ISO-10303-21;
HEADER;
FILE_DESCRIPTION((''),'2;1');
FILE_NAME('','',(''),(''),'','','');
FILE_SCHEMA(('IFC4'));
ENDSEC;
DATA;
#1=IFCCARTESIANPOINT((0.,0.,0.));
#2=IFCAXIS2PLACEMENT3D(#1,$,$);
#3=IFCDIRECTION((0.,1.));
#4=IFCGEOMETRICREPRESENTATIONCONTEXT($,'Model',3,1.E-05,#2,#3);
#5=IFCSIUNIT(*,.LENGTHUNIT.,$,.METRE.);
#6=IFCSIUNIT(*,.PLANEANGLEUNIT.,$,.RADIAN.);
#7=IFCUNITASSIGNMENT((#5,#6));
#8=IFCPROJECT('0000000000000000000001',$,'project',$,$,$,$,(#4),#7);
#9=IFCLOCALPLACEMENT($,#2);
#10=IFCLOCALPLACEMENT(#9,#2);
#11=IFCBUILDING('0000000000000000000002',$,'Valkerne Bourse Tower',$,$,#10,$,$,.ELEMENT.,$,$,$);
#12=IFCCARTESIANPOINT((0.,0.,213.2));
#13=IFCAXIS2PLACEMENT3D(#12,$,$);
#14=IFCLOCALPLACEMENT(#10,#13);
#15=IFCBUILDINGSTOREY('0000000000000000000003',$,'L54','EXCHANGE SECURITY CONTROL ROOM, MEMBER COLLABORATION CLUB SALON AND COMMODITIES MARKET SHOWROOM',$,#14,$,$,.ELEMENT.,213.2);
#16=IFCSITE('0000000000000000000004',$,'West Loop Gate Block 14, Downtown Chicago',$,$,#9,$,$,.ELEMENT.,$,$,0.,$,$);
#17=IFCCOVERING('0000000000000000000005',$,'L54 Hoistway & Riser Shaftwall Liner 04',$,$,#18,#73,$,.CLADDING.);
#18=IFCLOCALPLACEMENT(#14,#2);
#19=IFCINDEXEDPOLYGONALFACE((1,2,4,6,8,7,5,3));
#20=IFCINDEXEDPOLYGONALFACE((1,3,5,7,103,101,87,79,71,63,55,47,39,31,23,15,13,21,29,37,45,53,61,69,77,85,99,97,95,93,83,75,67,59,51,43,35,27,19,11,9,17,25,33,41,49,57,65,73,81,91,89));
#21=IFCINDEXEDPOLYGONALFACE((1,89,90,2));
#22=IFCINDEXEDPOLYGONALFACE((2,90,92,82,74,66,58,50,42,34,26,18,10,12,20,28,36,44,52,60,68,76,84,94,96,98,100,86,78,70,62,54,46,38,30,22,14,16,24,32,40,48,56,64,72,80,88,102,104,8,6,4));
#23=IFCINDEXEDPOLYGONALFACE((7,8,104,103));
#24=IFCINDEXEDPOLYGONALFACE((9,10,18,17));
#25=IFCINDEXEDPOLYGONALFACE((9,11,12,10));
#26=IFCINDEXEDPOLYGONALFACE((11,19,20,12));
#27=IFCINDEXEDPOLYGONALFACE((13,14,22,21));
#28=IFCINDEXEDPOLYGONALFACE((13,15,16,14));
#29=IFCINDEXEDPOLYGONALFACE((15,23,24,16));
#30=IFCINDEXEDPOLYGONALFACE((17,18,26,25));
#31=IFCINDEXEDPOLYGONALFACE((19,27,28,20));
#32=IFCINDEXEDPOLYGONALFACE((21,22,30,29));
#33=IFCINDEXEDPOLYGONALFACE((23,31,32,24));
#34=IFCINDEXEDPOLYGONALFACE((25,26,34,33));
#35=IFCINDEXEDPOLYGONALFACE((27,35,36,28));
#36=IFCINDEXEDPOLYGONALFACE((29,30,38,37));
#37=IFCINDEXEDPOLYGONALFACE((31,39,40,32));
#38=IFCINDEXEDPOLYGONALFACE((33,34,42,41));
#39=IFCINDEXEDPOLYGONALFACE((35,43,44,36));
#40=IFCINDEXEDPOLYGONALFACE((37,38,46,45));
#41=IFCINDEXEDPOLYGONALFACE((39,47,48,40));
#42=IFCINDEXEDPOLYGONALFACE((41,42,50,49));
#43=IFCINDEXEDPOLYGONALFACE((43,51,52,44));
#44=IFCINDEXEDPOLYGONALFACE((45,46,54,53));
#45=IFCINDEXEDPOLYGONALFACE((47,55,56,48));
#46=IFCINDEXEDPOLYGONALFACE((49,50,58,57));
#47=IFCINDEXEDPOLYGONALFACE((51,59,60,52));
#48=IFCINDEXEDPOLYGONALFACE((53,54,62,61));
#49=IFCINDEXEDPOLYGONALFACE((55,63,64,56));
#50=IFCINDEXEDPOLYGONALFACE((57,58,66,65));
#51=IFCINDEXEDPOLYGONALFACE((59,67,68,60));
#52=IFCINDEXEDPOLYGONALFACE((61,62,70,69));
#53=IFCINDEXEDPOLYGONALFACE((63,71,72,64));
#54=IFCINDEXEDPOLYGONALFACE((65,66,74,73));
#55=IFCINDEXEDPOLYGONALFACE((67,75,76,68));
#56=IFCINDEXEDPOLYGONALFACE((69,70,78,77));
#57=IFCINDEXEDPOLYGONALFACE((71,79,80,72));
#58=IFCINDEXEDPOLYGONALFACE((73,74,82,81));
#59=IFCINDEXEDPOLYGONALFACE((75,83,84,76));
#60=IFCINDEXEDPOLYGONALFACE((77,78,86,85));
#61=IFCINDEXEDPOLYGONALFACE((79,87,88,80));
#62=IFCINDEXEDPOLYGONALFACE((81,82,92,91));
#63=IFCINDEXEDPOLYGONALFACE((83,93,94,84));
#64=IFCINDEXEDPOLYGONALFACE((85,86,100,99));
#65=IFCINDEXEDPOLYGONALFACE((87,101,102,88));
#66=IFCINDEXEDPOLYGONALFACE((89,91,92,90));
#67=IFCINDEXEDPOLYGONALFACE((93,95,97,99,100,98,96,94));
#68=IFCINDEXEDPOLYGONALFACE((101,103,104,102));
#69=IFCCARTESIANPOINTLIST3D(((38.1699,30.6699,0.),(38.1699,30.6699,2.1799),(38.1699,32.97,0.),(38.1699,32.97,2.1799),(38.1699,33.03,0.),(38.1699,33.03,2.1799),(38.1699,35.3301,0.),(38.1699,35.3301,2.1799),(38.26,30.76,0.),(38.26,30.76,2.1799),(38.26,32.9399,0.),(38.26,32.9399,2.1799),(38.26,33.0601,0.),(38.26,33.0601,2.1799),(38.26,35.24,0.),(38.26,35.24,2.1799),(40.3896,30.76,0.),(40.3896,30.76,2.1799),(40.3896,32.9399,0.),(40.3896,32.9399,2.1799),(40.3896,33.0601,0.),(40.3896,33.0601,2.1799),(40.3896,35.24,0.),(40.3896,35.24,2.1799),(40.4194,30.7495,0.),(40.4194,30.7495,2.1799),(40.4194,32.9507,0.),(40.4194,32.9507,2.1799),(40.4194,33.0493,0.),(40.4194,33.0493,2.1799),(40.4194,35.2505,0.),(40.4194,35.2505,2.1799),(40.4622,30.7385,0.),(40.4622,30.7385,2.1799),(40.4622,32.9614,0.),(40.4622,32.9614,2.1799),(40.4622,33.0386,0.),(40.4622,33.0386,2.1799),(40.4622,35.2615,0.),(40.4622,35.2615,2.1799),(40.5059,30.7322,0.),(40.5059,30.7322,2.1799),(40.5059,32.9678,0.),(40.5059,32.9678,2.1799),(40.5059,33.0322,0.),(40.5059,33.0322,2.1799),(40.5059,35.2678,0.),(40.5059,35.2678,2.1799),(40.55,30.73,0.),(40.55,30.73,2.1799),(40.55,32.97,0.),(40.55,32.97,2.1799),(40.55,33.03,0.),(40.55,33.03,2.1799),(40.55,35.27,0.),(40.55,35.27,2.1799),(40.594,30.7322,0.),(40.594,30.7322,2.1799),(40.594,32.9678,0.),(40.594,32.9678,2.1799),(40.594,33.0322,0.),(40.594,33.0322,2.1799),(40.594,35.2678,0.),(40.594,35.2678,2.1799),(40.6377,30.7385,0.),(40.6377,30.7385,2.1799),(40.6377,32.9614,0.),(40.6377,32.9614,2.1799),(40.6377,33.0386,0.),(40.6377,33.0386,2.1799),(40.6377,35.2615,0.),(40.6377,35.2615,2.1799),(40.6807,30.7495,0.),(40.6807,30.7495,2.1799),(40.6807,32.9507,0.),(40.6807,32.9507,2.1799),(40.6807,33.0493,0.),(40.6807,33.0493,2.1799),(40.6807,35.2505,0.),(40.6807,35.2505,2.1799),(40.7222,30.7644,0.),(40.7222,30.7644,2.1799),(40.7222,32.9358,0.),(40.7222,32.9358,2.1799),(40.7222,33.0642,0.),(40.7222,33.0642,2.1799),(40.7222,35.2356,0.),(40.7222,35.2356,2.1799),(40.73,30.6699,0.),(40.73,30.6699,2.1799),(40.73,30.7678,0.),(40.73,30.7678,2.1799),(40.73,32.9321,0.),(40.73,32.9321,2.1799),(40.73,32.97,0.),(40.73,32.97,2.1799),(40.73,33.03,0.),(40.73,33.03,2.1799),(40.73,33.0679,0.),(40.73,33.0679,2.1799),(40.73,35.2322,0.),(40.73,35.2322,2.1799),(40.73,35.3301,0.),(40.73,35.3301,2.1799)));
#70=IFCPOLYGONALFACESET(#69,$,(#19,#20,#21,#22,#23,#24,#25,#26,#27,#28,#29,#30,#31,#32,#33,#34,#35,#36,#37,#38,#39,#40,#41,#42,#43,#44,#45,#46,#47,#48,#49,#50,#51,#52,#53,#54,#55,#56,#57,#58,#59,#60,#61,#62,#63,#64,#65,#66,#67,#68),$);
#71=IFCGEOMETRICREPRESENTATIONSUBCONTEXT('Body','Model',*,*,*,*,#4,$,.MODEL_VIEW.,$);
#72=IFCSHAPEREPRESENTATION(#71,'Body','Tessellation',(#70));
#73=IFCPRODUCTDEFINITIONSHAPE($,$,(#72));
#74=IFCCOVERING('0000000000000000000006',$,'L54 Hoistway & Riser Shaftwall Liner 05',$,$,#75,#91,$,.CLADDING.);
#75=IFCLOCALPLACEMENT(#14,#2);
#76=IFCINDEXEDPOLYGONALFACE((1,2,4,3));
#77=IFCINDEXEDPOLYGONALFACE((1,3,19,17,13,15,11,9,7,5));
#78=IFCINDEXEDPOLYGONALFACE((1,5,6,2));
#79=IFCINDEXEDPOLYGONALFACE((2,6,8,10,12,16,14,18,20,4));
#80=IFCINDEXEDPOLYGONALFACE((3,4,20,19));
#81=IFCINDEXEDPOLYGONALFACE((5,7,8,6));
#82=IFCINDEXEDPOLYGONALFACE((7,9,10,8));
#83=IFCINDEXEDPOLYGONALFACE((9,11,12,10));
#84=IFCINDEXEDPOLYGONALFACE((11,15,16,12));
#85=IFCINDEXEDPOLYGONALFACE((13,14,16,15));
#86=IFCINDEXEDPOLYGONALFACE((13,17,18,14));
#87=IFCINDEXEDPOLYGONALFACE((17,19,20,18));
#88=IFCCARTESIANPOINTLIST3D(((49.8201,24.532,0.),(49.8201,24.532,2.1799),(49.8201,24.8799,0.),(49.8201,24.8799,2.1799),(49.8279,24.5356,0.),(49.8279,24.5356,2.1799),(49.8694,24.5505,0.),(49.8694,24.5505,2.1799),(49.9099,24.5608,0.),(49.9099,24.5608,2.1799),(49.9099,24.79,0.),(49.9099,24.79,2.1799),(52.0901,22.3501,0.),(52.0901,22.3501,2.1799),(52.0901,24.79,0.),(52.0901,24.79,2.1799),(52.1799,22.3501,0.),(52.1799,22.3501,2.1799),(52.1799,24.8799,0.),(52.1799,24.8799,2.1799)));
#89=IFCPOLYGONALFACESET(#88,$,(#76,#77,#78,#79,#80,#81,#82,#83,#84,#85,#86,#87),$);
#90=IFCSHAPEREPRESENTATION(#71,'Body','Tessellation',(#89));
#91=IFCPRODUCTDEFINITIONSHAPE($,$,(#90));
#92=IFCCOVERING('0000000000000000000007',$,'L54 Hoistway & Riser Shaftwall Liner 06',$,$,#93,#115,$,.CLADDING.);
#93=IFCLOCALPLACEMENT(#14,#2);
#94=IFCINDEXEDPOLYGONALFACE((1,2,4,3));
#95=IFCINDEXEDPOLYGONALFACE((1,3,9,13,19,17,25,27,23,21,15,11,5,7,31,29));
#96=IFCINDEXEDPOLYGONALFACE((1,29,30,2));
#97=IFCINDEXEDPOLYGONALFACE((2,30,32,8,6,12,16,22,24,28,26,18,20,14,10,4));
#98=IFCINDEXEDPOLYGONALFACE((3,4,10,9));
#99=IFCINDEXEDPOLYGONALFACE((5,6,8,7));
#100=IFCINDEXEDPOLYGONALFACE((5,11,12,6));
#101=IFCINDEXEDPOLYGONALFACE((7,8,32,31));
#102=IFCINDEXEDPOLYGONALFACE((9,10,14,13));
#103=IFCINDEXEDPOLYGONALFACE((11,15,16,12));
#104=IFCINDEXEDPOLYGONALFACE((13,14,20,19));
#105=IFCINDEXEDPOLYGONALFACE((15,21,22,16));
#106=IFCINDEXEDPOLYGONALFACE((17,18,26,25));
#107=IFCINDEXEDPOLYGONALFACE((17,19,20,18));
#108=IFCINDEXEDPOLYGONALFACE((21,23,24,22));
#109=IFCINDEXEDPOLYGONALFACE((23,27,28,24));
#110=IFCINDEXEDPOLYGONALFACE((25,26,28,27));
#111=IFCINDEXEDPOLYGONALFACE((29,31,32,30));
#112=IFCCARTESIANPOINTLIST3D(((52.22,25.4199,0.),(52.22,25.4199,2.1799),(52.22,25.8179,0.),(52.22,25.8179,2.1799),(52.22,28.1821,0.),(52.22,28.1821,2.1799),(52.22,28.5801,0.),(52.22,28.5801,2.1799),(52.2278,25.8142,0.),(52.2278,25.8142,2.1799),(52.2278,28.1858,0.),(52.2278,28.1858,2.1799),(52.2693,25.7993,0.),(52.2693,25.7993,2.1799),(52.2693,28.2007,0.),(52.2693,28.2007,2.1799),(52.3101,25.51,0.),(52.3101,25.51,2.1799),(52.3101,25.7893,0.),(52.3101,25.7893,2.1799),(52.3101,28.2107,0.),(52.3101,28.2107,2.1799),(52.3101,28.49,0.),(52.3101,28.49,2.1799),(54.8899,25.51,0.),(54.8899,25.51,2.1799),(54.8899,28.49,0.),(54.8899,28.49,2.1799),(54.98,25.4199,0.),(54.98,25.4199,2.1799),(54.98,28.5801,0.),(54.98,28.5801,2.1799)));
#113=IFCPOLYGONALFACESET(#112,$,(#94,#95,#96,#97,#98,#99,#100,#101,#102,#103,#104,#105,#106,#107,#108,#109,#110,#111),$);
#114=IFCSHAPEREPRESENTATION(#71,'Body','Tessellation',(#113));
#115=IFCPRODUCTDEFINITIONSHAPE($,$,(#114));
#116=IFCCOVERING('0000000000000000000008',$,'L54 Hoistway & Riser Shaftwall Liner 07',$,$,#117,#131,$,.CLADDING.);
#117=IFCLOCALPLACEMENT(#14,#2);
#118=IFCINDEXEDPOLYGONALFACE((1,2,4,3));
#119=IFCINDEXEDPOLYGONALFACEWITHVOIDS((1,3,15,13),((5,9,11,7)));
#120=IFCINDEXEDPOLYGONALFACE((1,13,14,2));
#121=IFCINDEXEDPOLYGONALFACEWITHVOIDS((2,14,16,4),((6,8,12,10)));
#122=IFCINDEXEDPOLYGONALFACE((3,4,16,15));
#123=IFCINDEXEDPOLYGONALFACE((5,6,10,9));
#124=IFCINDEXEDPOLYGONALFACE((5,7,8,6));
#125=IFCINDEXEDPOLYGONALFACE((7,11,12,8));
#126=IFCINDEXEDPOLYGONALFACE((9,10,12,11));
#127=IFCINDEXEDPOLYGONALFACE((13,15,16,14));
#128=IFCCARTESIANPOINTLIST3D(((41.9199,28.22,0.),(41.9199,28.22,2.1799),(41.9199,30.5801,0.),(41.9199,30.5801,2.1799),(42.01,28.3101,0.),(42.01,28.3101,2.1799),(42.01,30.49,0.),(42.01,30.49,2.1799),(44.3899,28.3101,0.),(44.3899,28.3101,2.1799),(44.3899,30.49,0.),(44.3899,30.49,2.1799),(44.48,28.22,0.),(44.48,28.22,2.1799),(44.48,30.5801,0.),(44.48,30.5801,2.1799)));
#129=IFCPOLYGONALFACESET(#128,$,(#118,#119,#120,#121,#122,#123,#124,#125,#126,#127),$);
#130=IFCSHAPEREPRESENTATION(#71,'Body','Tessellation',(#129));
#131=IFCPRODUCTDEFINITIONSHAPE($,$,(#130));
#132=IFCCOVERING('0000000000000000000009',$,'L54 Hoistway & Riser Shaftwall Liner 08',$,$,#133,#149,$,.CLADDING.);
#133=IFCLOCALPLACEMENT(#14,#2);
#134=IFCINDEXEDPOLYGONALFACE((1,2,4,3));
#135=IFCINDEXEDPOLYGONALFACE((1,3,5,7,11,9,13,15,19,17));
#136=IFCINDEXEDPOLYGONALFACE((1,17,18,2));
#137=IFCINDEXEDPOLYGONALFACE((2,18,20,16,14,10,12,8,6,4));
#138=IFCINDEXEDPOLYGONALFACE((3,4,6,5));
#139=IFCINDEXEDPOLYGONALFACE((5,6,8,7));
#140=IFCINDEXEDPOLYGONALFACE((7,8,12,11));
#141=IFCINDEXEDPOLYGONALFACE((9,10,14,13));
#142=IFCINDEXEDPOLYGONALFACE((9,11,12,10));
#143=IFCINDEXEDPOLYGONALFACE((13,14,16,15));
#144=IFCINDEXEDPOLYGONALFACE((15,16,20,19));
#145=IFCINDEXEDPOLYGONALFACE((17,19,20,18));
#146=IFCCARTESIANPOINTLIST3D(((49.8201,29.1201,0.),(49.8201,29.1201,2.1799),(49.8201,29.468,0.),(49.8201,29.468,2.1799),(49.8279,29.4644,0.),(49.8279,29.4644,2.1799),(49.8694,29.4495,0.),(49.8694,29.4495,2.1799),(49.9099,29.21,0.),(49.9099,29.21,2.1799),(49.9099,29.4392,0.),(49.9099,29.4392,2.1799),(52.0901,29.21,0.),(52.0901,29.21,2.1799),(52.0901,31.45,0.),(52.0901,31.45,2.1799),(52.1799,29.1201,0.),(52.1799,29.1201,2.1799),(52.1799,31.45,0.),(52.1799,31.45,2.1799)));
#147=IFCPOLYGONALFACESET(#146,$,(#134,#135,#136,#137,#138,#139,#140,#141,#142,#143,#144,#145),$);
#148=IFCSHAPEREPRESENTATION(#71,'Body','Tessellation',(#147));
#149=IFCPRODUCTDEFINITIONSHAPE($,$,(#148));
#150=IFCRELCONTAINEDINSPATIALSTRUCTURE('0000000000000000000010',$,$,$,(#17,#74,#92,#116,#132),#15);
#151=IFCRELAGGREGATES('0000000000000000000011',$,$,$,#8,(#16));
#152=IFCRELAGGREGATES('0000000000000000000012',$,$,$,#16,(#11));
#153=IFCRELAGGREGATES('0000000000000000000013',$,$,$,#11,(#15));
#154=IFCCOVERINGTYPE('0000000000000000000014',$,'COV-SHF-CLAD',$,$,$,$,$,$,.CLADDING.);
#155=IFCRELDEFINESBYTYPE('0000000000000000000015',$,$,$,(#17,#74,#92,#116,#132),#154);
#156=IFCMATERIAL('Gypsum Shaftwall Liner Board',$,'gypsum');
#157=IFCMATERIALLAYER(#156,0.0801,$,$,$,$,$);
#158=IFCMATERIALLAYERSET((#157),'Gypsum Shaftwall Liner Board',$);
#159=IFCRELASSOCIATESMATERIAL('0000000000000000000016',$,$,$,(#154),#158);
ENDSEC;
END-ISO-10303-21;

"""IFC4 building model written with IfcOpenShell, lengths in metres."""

from ifc_helpers import new_model, si_unit, direction, frame, origin, place, context, subcontext, project, spatial, polyline, outline, extrude, material, layer, layer_set, type_object, element, save


model = new_model("IFC4")

# Units and contexts
model_context = context("Model", 3, precision=1e-05, world=origin(), true_north=direction((0.0, 1.0)))
body_context = subcontext(model_context, "Body", "Model", "MODEL_VIEW")
ifc_project = project(units=[si_unit("LENGTHUNIT", "METRE"), si_unit("PLANEANGLEUNIT", "RADIAN")], contexts=[model_context])

# Site, building, storey
site_placement = place(None, origin())
site = spatial("IfcSite", under=ifc_project, at=site_placement, Name="West Loop Gate Block 14, Downtown Chicago", CompositionType="ELEMENT", RefElevation=0.0)
building_placement = place(site_placement, origin())
building = spatial("IfcBuilding", under=site, at=building_placement, Name="Valkerne Bourse Tower", CompositionType="ELEMENT")
storey_placement = place(building_placement, frame((0.0, 0.0, 213.2)))
storey = spatial("IfcBuildingStorey", under=building, at=storey_placement, Name="L54", Description="EXCHANGE SECURITY CONTROL ROOM, MEMBER COLLABORATION CLUB SALON AND COMMODITIES MARKET SHOWROOM", CompositionType="ELEMENT", Elevation=213.2)

# Coverings
ifc_material_1 = material(Name="Gypsum Shaftwall Liner Board", Category="gypsum")
ifc_layer_1 = layer(ifc_material_1, 0.0801)
ifc_layer_set_1 = layer_set([ifc_layer_1], Name="Gypsum Shaftwall Liner Board")
covering_type_1 = type_object("IfcCoveringType", Name="COV-SHF-CLAD", PredefinedType="CLADDING", material=ifc_layer_set_1)
covering_1_placement = place(storey_placement, origin())
element("IfcCovering", 1, at=covering_1_placement, inside=storey, type_object=covering_type_1, Name="L54 Hoistway & Riser Shaftwall Liner 04", PredefinedType="CLADDING", context=body_context, shape_type="SweptSolid", body=[
    extrude(outline(polyline([(38.1699, 35.3301), (40.73, 35.3301), (40.73, 35.2322), (40.7222, 35.2356), (40.6807, 35.2505), (40.6377, 35.2615), (40.594, 35.2678), (40.55, 35.27), (40.5059, 35.2678), (40.4622, 35.2615), (40.4194, 35.2505), (40.3896, 35.24), (38.26, 35.24), (38.26, 33.0601), (40.3896, 33.0601), (40.4194, 33.0493), (40.4622, 33.0386), (40.5059, 33.0322), (40.55, 33.03), (40.594, 33.0322), (40.6377, 33.0386), (40.6807, 33.0493), (40.7222, 33.0642), (40.73, 33.0679), (40.73, 33.03), (40.73, 32.97), (40.73, 32.9321), (40.7222, 32.9358), (40.6807, 32.9507), (40.6377, 32.9614), (40.594, 32.9678), (40.55, 32.97), (40.5059, 32.9678), (40.4622, 32.9614), (40.4194, 32.9507), (40.3896, 32.9399), (38.26, 32.9399), (38.26, 30.76), (40.3896, 30.76), (40.4194, 30.7495), (40.4622, 30.7385), (40.5059, 30.7322), (40.55, 30.73), (40.594, 30.7322), (40.6377, 30.7385), (40.6807, 30.7495), (40.7222, 30.7644), (40.73, 30.7678), (40.73, 30.6699), (38.1699, 30.6699), (38.1699, 32.97), (38.1699, 33.03), (38.1699, 35.3301)])), origin(), (0.0, 0.0, 1.0), 2.1799),
])
covering_2_placement = place(storey_placement, origin())
element("IfcCovering", 2, at=covering_2_placement, inside=storey, type_object=covering_type_1, Name="L54 Hoistway & Riser Shaftwall Liner 05", PredefinedType="CLADDING", context=body_context, shape_type="SweptSolid", body=[
    extrude(outline(polyline([(52.1799, 22.3501), (52.0901, 22.3501), (52.0901, 24.79), (49.9099, 24.79), (49.9099, 24.5608), (49.8694, 24.5505), (49.8279, 24.5356), (49.8201, 24.532), (49.8201, 24.8799), (52.1799, 24.8799), (52.1799, 22.3501)])), origin(), (0.0, 0.0, 1.0), 2.1799),
])
covering_3_placement = place(storey_placement, origin())
element("IfcCovering", 3, at=covering_3_placement, inside=storey, type_object=covering_type_1, Name="L54 Hoistway & Riser Shaftwall Liner 06", PredefinedType="CLADDING", context=body_context, shape_type="SweptSolid", body=[
    extrude(outline(polyline([(54.98, 25.4199), (52.22, 25.4199), (52.22, 25.8179), (52.2278, 25.8142), (52.2693, 25.7993), (52.3101, 25.7893), (52.3101, 25.51), (54.8899, 25.51), (54.8899, 28.49), (52.3101, 28.49), (52.3101, 28.2107), (52.2693, 28.2007), (52.2278, 28.1858), (52.22, 28.1821), (52.22, 28.5801), (54.98, 28.5801), (54.98, 25.4199)])), origin(), (0.0, 0.0, 1.0), 2.1799),
])
covering_4_placement = place(storey_placement, origin())
element("IfcCovering", 4, at=covering_4_placement, inside=storey, type_object=covering_type_1, Name="L54 Hoistway & Riser Shaftwall Liner 07", PredefinedType="CLADDING", context=body_context, shape_type="SweptSolid", body=[
    extrude(outline(polyline([(44.48, 28.22), (41.9199, 28.22), (41.9199, 30.5801), (44.48, 30.5801), (44.48, 28.22)]), holes=[polyline([(42.01, 30.49), (42.01, 28.3101), (44.3899, 28.3101), (44.3899, 30.49), (42.01, 30.49)])]), origin(), (0.0, 0.0, 1.0), 2.1799),
])
covering_5_placement = place(storey_placement, origin())
element("IfcCovering", 5, at=covering_5_placement, inside=storey, type_object=covering_type_1, Name="L54 Hoistway & Riser Shaftwall Liner 08", PredefinedType="CLADDING", context=body_context, shape_type="SweptSolid", body=[
    extrude(outline(polyline([(49.8201, 29.1201), (49.8201, 29.468), (49.8279, 29.4644), (49.8694, 29.4495), (49.9099, 29.4392), (49.9099, 29.21), (52.0901, 29.21), (52.0901, 31.45), (52.1799, 31.45), (52.1799, 29.1201), (49.8201, 29.1201)])), origin(), (0.0, 0.0, 1.0), 2.1799),
])

save(model, "model.ifc")
